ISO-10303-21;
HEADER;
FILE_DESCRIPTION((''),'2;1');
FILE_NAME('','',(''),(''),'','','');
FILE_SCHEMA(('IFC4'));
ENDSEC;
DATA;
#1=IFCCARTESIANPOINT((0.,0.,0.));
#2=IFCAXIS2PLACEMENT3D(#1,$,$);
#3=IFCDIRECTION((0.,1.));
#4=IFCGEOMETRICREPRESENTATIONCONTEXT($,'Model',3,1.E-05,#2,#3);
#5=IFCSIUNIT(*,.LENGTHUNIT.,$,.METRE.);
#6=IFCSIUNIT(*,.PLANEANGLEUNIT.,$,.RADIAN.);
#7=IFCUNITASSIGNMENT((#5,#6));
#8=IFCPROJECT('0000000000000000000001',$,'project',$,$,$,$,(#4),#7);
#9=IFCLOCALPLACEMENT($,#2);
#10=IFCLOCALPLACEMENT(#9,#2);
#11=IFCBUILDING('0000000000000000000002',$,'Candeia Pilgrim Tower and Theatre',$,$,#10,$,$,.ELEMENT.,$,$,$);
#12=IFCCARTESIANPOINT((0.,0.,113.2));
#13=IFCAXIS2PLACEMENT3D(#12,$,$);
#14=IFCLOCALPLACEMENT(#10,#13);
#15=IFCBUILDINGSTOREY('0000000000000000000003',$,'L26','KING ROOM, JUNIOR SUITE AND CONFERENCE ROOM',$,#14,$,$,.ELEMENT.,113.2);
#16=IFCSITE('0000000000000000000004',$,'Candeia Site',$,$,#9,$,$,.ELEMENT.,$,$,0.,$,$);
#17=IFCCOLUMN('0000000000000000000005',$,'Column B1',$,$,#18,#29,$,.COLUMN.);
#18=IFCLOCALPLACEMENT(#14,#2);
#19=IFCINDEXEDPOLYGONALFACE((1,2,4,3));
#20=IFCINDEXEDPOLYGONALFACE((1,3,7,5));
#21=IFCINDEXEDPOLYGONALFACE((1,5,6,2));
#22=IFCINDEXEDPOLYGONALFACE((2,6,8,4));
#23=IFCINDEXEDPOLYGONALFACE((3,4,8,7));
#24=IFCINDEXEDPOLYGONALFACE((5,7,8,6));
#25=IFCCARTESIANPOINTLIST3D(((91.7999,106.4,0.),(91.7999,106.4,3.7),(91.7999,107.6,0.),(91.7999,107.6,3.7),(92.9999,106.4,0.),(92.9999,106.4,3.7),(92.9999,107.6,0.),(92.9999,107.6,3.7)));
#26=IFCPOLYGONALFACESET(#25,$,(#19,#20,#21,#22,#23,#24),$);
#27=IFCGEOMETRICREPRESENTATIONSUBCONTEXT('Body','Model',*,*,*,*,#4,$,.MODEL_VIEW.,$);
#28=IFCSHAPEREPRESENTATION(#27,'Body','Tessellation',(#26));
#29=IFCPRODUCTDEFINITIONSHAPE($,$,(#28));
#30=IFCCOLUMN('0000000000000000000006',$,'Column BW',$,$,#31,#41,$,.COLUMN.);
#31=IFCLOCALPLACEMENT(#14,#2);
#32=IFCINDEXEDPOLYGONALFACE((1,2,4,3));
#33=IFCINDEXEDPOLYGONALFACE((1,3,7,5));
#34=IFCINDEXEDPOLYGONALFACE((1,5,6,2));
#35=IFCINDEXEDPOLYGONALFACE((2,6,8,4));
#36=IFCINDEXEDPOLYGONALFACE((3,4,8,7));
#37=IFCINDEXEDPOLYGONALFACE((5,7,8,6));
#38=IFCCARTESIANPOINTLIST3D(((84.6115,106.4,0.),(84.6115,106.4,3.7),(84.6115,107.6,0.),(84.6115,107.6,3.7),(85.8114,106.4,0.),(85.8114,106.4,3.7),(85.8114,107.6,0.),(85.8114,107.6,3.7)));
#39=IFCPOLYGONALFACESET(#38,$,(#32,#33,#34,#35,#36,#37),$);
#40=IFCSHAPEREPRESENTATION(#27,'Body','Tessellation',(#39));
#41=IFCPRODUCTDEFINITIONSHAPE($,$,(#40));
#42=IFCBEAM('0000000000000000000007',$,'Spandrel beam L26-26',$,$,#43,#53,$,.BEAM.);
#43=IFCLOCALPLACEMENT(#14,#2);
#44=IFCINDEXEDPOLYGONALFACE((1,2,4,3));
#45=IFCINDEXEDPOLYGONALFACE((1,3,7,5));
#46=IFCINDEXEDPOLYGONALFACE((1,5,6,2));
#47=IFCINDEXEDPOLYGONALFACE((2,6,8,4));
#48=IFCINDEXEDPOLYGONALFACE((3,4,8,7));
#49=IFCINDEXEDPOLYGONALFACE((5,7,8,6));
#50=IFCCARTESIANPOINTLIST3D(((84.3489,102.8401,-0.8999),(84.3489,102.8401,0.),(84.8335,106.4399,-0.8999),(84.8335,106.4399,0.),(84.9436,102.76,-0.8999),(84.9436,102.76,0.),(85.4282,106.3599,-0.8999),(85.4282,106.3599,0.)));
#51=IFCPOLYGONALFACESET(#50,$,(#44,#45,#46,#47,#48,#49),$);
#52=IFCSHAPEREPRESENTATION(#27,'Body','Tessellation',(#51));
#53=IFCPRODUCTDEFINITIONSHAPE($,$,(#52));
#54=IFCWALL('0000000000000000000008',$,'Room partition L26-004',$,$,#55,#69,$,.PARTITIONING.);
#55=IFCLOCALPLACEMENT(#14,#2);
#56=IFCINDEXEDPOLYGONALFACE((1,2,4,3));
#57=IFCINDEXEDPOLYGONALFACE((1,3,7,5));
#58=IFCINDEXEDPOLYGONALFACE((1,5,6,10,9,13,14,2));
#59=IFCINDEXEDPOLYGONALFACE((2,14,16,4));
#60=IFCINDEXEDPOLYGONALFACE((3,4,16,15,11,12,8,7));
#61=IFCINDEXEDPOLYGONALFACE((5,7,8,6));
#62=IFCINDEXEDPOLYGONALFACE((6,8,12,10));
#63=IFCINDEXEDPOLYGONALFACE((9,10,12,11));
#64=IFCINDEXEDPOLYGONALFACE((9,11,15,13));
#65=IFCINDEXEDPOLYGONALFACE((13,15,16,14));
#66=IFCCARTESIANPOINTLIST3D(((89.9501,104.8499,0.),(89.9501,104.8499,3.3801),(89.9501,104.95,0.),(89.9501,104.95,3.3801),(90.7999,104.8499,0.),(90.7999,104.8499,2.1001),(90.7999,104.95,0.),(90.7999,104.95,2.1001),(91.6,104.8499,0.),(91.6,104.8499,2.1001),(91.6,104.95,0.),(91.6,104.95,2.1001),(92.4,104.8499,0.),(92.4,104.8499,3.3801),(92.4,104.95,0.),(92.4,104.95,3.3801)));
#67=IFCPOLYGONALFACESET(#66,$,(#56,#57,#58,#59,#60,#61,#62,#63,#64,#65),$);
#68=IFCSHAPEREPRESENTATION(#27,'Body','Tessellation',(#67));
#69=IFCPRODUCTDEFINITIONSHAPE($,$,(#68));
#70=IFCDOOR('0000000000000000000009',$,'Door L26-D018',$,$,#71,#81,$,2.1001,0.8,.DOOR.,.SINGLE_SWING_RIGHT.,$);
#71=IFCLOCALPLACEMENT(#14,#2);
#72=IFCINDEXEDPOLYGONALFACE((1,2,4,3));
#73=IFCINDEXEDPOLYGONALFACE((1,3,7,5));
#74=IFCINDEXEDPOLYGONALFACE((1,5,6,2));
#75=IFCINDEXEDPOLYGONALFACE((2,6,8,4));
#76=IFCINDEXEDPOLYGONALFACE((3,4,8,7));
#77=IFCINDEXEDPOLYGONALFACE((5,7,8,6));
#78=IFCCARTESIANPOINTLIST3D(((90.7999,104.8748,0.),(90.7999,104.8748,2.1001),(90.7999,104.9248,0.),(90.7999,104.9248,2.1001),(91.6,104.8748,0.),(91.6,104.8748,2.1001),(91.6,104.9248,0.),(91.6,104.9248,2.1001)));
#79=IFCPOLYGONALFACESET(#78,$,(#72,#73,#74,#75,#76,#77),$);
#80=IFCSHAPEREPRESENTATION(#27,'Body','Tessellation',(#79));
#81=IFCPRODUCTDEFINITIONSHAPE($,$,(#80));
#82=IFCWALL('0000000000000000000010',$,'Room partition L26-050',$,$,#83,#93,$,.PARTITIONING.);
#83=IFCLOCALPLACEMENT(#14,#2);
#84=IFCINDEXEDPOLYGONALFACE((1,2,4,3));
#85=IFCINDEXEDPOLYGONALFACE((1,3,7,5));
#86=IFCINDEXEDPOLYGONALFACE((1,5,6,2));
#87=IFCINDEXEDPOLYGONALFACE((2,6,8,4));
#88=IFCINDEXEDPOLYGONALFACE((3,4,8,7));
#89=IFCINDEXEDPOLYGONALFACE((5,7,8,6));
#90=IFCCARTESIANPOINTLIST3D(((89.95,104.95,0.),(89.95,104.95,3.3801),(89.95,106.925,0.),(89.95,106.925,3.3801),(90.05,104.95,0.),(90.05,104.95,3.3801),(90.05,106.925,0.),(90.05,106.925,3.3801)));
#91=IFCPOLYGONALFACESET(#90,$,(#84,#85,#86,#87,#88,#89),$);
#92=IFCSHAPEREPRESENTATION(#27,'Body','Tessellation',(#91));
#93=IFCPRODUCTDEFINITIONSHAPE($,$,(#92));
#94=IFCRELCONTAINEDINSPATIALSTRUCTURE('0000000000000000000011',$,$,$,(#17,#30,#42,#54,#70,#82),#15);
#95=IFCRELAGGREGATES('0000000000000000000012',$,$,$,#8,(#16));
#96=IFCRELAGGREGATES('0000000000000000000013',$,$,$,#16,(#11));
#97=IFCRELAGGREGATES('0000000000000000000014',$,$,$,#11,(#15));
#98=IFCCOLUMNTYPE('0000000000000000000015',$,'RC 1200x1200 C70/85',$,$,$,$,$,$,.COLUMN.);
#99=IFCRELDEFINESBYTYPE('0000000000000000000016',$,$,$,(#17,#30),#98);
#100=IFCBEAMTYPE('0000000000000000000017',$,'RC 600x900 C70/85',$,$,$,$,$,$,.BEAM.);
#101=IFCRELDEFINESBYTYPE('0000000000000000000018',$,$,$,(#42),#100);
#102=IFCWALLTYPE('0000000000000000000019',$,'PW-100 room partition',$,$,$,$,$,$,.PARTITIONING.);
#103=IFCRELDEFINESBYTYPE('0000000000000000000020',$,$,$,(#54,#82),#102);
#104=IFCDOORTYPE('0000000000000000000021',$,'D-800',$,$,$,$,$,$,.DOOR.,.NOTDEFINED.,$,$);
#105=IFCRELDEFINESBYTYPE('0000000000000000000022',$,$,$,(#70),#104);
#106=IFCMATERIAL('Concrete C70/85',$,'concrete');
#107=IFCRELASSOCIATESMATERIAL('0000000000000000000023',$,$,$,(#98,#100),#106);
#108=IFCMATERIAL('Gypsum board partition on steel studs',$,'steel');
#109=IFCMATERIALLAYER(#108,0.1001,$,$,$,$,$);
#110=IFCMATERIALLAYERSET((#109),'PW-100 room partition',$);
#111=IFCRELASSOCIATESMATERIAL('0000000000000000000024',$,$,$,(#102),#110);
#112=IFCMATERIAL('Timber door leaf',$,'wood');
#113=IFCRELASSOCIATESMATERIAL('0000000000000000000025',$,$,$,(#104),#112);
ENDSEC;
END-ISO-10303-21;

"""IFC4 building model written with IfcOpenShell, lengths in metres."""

from ifc_helpers import new_model, si_unit, direction, frame, frame_2d, origin, origin_2d, place, context, subcontext, project, spatial, rectangle, extrude, material, layer, layer_set, material_profile, profile_set, type_object, element, fill, save


model = new_model("IFC4")

# Units and contexts
model_context = context("Model", 3, precision=1e-05, world=origin(), true_north=direction((0.0, 1.0)))
body_context = subcontext(model_context, "Body", "Model", "MODEL_VIEW")
ifc_project = project(units=[si_unit("LENGTHUNIT", "METRE"), si_unit("PLANEANGLEUNIT", "RADIAN")], contexts=[model_context])

# Site, building, storey
site_placement = place(None, origin())
site = spatial("IfcSite", under=ifc_project, at=site_placement, Name="Candeia Site", CompositionType="ELEMENT", RefElevation=0.0)
building_placement = place(site_placement, origin())
building = spatial("IfcBuilding", under=site, at=building_placement, Name="Candeia Pilgrim Tower and Theatre", CompositionType="ELEMENT")
storey_placement = place(building_placement, frame((0.0, 0.0, 113.2)))
storey = spatial("IfcBuildingStorey", under=building, at=storey_placement, Name="L26", Description="KING ROOM, JUNIOR SUITE AND CONFERENCE ROOM", CompositionType="ELEMENT", Elevation=113.2)

# Columns
ifc_material_1 = material(Name="Concrete C70/85", Category="concrete")
ifc_material_profile_1 = material_profile(ifc_material_1, rectangle(XDim=1.2, YDim=1.2, at=origin_2d()))
ifc_profile_set_1 = profile_set([ifc_material_profile_1], Name="Concrete C70/85")
column_type = type_object("IfcColumnType", Name="RC 1200x1200 C70/85", PredefinedType="COLUMN", material=ifc_profile_set_1)
for number, where, z_axis, x_axis, name in (
    (1, (92.3999, 107.0, 0.0), (0.0, 0.0, 1.0), (1.0, 0.0, 0.0), "Column B1"),
    (2, (85.2114, 107.0, 0.0), (0.0, 0.0, 1.0), (1.0, 0.0, 0.0), "Column BW"),
):
    element("IfcColumn", number, at=place(storey_placement, frame(where, z_axis=z_axis, x_axis=x_axis)), inside=storey, type_object=column_type, Name=name, PredefinedType="COLUMN", context=body_context, shape_type="SweptSolid", body=[
        extrude(rectangle(XDim=1.2, YDim=1.2, at=origin_2d()), origin(), (0.0, 0.0, 1.0), 3.7),
    ])

# Beam
ifc_material_profile_2 = material_profile(ifc_material_1, rectangle(XDim=0.6001, YDim=0.8999, at=origin_2d()))
ifc_profile_set_2 = profile_set([ifc_material_profile_2], Name="Concrete C70/85")
beam_type = type_object("IfcBeamType", Name="RC 600x900 C70/85", PredefinedType="BEAM", material=ifc_profile_set_2)
beam_placement = place(storey_placement, frame((85.1309, 106.3999, -0.45), z_axis=(-0.133418, -0.99106, 0.0), x_axis=(0.99106, -0.133418, 0.0)))
element("IfcBeam", 3, at=beam_placement, inside=storey, type_object=beam_type, Name="Spandrel beam L26-26", PredefinedType="BEAM", context=body_context, shape_type="SweptSolid", body=[
    extrude(rectangle(XDim=0.6001, YDim=0.8999, at=origin_2d()), origin(), (0.0, 0.0, 1.0), 3.6323),
])

# Wall, opening, door
ifc_material_2 = material(Name="Gypsum board partition on steel studs", Category="steel")
ifc_layer_1 = layer(ifc_material_2, 0.1001)
ifc_layer_set_1 = layer_set([ifc_layer_1], Name="PW-100 room partition")
wall_type_1 = type_object("IfcWallType", Name="PW-100 room partition", PredefinedType="PARTITIONING", material=ifc_layer_set_1)
wall_1_placement = place(storey_placement, frame((89.95, 104.8999, 0.0), z_axis=(0.0, 0.0, 1.0), x_axis=(1.0, 0.0, 0.0)))
wall_1 = element("IfcWall", 4, at=wall_1_placement, inside=storey, type_object=wall_type_1, Name="Room partition L26-004", PredefinedType="PARTITIONING", context=body_context, shape_type="SweptSolid", body=[
    extrude(rectangle(XDim=2.45, YDim=0.1001, at=frame_2d((1.2251, 0.0))), origin(), (0.0, 0.0, 1.0), 3.3801),
])
opening_1_placement = place(wall_1_placement, frame((0.8501, 0.0, 0.0)))
opening_1 = element("IfcOpeningElement", 5, at=opening_1_placement, cuts=wall_1, PredefinedType="OPENING", context=body_context, shape_type="SweptSolid", body=[
    extrude(rectangle(XDim=0.8, YDim=2.1001, at=frame_2d((0.3999, 1.05))), frame((0.0, 0.0601, 0.0), z_axis=(0.0, -1.0, 0.0), x_axis=(1.0, 0.0, 0.0)), (0.0, 0.0, 1.0), 0.1201),
])
ifc_material_3 = material(Name="Timber door leaf", Category="wood")
door_type_1 = type_object("IfcDoorType", Name="D-800", OperationType="NOTDEFINED", PredefinedType="DOOR", material=ifc_material_3)
door_1_placement = place(opening_1_placement, origin())
door_1 = element("IfcDoor", 6, at=door_1_placement, inside=storey, type_object=door_type_1, Name="Door L26-D018", OperationType="SINGLE_SWING_RIGHT", OverallHeight=2.1001, OverallWidth=0.8, PredefinedType="DOOR", context=body_context, shape_type="SweptSolid", body=[
    extrude(rectangle(XDim=0.8, YDim=2.1001, at=frame_2d((0.3999, 1.05))), frame((0.0, 0.0249, 0.0), z_axis=(0.0, -1.0, 0.0), x_axis=(1.0, 0.0, 0.0)), (0.0, 0.0, 1.0), 0.05),
])
fill(opening_1, door_1)

# Wall
wall_2_placement = place(storey_placement, frame((90.0, 104.95, 0.0), z_axis=(0.0, 0.0, 1.0), x_axis=(0.0, 1.0, 0.0)))
element("IfcWall", 7, at=wall_2_placement, inside=storey, type_object=wall_type_1, Name="Room partition L26-050", PredefinedType="PARTITIONING", context=body_context, shape_type="SweptSolid", body=[
    extrude(rectangle(XDim=1.9751, YDim=0.1001, at=frame_2d((0.9875, 0.0))), origin(), (0.0, 0.0, 1.0), 3.3801),
])

save(model, "model.ifc")
